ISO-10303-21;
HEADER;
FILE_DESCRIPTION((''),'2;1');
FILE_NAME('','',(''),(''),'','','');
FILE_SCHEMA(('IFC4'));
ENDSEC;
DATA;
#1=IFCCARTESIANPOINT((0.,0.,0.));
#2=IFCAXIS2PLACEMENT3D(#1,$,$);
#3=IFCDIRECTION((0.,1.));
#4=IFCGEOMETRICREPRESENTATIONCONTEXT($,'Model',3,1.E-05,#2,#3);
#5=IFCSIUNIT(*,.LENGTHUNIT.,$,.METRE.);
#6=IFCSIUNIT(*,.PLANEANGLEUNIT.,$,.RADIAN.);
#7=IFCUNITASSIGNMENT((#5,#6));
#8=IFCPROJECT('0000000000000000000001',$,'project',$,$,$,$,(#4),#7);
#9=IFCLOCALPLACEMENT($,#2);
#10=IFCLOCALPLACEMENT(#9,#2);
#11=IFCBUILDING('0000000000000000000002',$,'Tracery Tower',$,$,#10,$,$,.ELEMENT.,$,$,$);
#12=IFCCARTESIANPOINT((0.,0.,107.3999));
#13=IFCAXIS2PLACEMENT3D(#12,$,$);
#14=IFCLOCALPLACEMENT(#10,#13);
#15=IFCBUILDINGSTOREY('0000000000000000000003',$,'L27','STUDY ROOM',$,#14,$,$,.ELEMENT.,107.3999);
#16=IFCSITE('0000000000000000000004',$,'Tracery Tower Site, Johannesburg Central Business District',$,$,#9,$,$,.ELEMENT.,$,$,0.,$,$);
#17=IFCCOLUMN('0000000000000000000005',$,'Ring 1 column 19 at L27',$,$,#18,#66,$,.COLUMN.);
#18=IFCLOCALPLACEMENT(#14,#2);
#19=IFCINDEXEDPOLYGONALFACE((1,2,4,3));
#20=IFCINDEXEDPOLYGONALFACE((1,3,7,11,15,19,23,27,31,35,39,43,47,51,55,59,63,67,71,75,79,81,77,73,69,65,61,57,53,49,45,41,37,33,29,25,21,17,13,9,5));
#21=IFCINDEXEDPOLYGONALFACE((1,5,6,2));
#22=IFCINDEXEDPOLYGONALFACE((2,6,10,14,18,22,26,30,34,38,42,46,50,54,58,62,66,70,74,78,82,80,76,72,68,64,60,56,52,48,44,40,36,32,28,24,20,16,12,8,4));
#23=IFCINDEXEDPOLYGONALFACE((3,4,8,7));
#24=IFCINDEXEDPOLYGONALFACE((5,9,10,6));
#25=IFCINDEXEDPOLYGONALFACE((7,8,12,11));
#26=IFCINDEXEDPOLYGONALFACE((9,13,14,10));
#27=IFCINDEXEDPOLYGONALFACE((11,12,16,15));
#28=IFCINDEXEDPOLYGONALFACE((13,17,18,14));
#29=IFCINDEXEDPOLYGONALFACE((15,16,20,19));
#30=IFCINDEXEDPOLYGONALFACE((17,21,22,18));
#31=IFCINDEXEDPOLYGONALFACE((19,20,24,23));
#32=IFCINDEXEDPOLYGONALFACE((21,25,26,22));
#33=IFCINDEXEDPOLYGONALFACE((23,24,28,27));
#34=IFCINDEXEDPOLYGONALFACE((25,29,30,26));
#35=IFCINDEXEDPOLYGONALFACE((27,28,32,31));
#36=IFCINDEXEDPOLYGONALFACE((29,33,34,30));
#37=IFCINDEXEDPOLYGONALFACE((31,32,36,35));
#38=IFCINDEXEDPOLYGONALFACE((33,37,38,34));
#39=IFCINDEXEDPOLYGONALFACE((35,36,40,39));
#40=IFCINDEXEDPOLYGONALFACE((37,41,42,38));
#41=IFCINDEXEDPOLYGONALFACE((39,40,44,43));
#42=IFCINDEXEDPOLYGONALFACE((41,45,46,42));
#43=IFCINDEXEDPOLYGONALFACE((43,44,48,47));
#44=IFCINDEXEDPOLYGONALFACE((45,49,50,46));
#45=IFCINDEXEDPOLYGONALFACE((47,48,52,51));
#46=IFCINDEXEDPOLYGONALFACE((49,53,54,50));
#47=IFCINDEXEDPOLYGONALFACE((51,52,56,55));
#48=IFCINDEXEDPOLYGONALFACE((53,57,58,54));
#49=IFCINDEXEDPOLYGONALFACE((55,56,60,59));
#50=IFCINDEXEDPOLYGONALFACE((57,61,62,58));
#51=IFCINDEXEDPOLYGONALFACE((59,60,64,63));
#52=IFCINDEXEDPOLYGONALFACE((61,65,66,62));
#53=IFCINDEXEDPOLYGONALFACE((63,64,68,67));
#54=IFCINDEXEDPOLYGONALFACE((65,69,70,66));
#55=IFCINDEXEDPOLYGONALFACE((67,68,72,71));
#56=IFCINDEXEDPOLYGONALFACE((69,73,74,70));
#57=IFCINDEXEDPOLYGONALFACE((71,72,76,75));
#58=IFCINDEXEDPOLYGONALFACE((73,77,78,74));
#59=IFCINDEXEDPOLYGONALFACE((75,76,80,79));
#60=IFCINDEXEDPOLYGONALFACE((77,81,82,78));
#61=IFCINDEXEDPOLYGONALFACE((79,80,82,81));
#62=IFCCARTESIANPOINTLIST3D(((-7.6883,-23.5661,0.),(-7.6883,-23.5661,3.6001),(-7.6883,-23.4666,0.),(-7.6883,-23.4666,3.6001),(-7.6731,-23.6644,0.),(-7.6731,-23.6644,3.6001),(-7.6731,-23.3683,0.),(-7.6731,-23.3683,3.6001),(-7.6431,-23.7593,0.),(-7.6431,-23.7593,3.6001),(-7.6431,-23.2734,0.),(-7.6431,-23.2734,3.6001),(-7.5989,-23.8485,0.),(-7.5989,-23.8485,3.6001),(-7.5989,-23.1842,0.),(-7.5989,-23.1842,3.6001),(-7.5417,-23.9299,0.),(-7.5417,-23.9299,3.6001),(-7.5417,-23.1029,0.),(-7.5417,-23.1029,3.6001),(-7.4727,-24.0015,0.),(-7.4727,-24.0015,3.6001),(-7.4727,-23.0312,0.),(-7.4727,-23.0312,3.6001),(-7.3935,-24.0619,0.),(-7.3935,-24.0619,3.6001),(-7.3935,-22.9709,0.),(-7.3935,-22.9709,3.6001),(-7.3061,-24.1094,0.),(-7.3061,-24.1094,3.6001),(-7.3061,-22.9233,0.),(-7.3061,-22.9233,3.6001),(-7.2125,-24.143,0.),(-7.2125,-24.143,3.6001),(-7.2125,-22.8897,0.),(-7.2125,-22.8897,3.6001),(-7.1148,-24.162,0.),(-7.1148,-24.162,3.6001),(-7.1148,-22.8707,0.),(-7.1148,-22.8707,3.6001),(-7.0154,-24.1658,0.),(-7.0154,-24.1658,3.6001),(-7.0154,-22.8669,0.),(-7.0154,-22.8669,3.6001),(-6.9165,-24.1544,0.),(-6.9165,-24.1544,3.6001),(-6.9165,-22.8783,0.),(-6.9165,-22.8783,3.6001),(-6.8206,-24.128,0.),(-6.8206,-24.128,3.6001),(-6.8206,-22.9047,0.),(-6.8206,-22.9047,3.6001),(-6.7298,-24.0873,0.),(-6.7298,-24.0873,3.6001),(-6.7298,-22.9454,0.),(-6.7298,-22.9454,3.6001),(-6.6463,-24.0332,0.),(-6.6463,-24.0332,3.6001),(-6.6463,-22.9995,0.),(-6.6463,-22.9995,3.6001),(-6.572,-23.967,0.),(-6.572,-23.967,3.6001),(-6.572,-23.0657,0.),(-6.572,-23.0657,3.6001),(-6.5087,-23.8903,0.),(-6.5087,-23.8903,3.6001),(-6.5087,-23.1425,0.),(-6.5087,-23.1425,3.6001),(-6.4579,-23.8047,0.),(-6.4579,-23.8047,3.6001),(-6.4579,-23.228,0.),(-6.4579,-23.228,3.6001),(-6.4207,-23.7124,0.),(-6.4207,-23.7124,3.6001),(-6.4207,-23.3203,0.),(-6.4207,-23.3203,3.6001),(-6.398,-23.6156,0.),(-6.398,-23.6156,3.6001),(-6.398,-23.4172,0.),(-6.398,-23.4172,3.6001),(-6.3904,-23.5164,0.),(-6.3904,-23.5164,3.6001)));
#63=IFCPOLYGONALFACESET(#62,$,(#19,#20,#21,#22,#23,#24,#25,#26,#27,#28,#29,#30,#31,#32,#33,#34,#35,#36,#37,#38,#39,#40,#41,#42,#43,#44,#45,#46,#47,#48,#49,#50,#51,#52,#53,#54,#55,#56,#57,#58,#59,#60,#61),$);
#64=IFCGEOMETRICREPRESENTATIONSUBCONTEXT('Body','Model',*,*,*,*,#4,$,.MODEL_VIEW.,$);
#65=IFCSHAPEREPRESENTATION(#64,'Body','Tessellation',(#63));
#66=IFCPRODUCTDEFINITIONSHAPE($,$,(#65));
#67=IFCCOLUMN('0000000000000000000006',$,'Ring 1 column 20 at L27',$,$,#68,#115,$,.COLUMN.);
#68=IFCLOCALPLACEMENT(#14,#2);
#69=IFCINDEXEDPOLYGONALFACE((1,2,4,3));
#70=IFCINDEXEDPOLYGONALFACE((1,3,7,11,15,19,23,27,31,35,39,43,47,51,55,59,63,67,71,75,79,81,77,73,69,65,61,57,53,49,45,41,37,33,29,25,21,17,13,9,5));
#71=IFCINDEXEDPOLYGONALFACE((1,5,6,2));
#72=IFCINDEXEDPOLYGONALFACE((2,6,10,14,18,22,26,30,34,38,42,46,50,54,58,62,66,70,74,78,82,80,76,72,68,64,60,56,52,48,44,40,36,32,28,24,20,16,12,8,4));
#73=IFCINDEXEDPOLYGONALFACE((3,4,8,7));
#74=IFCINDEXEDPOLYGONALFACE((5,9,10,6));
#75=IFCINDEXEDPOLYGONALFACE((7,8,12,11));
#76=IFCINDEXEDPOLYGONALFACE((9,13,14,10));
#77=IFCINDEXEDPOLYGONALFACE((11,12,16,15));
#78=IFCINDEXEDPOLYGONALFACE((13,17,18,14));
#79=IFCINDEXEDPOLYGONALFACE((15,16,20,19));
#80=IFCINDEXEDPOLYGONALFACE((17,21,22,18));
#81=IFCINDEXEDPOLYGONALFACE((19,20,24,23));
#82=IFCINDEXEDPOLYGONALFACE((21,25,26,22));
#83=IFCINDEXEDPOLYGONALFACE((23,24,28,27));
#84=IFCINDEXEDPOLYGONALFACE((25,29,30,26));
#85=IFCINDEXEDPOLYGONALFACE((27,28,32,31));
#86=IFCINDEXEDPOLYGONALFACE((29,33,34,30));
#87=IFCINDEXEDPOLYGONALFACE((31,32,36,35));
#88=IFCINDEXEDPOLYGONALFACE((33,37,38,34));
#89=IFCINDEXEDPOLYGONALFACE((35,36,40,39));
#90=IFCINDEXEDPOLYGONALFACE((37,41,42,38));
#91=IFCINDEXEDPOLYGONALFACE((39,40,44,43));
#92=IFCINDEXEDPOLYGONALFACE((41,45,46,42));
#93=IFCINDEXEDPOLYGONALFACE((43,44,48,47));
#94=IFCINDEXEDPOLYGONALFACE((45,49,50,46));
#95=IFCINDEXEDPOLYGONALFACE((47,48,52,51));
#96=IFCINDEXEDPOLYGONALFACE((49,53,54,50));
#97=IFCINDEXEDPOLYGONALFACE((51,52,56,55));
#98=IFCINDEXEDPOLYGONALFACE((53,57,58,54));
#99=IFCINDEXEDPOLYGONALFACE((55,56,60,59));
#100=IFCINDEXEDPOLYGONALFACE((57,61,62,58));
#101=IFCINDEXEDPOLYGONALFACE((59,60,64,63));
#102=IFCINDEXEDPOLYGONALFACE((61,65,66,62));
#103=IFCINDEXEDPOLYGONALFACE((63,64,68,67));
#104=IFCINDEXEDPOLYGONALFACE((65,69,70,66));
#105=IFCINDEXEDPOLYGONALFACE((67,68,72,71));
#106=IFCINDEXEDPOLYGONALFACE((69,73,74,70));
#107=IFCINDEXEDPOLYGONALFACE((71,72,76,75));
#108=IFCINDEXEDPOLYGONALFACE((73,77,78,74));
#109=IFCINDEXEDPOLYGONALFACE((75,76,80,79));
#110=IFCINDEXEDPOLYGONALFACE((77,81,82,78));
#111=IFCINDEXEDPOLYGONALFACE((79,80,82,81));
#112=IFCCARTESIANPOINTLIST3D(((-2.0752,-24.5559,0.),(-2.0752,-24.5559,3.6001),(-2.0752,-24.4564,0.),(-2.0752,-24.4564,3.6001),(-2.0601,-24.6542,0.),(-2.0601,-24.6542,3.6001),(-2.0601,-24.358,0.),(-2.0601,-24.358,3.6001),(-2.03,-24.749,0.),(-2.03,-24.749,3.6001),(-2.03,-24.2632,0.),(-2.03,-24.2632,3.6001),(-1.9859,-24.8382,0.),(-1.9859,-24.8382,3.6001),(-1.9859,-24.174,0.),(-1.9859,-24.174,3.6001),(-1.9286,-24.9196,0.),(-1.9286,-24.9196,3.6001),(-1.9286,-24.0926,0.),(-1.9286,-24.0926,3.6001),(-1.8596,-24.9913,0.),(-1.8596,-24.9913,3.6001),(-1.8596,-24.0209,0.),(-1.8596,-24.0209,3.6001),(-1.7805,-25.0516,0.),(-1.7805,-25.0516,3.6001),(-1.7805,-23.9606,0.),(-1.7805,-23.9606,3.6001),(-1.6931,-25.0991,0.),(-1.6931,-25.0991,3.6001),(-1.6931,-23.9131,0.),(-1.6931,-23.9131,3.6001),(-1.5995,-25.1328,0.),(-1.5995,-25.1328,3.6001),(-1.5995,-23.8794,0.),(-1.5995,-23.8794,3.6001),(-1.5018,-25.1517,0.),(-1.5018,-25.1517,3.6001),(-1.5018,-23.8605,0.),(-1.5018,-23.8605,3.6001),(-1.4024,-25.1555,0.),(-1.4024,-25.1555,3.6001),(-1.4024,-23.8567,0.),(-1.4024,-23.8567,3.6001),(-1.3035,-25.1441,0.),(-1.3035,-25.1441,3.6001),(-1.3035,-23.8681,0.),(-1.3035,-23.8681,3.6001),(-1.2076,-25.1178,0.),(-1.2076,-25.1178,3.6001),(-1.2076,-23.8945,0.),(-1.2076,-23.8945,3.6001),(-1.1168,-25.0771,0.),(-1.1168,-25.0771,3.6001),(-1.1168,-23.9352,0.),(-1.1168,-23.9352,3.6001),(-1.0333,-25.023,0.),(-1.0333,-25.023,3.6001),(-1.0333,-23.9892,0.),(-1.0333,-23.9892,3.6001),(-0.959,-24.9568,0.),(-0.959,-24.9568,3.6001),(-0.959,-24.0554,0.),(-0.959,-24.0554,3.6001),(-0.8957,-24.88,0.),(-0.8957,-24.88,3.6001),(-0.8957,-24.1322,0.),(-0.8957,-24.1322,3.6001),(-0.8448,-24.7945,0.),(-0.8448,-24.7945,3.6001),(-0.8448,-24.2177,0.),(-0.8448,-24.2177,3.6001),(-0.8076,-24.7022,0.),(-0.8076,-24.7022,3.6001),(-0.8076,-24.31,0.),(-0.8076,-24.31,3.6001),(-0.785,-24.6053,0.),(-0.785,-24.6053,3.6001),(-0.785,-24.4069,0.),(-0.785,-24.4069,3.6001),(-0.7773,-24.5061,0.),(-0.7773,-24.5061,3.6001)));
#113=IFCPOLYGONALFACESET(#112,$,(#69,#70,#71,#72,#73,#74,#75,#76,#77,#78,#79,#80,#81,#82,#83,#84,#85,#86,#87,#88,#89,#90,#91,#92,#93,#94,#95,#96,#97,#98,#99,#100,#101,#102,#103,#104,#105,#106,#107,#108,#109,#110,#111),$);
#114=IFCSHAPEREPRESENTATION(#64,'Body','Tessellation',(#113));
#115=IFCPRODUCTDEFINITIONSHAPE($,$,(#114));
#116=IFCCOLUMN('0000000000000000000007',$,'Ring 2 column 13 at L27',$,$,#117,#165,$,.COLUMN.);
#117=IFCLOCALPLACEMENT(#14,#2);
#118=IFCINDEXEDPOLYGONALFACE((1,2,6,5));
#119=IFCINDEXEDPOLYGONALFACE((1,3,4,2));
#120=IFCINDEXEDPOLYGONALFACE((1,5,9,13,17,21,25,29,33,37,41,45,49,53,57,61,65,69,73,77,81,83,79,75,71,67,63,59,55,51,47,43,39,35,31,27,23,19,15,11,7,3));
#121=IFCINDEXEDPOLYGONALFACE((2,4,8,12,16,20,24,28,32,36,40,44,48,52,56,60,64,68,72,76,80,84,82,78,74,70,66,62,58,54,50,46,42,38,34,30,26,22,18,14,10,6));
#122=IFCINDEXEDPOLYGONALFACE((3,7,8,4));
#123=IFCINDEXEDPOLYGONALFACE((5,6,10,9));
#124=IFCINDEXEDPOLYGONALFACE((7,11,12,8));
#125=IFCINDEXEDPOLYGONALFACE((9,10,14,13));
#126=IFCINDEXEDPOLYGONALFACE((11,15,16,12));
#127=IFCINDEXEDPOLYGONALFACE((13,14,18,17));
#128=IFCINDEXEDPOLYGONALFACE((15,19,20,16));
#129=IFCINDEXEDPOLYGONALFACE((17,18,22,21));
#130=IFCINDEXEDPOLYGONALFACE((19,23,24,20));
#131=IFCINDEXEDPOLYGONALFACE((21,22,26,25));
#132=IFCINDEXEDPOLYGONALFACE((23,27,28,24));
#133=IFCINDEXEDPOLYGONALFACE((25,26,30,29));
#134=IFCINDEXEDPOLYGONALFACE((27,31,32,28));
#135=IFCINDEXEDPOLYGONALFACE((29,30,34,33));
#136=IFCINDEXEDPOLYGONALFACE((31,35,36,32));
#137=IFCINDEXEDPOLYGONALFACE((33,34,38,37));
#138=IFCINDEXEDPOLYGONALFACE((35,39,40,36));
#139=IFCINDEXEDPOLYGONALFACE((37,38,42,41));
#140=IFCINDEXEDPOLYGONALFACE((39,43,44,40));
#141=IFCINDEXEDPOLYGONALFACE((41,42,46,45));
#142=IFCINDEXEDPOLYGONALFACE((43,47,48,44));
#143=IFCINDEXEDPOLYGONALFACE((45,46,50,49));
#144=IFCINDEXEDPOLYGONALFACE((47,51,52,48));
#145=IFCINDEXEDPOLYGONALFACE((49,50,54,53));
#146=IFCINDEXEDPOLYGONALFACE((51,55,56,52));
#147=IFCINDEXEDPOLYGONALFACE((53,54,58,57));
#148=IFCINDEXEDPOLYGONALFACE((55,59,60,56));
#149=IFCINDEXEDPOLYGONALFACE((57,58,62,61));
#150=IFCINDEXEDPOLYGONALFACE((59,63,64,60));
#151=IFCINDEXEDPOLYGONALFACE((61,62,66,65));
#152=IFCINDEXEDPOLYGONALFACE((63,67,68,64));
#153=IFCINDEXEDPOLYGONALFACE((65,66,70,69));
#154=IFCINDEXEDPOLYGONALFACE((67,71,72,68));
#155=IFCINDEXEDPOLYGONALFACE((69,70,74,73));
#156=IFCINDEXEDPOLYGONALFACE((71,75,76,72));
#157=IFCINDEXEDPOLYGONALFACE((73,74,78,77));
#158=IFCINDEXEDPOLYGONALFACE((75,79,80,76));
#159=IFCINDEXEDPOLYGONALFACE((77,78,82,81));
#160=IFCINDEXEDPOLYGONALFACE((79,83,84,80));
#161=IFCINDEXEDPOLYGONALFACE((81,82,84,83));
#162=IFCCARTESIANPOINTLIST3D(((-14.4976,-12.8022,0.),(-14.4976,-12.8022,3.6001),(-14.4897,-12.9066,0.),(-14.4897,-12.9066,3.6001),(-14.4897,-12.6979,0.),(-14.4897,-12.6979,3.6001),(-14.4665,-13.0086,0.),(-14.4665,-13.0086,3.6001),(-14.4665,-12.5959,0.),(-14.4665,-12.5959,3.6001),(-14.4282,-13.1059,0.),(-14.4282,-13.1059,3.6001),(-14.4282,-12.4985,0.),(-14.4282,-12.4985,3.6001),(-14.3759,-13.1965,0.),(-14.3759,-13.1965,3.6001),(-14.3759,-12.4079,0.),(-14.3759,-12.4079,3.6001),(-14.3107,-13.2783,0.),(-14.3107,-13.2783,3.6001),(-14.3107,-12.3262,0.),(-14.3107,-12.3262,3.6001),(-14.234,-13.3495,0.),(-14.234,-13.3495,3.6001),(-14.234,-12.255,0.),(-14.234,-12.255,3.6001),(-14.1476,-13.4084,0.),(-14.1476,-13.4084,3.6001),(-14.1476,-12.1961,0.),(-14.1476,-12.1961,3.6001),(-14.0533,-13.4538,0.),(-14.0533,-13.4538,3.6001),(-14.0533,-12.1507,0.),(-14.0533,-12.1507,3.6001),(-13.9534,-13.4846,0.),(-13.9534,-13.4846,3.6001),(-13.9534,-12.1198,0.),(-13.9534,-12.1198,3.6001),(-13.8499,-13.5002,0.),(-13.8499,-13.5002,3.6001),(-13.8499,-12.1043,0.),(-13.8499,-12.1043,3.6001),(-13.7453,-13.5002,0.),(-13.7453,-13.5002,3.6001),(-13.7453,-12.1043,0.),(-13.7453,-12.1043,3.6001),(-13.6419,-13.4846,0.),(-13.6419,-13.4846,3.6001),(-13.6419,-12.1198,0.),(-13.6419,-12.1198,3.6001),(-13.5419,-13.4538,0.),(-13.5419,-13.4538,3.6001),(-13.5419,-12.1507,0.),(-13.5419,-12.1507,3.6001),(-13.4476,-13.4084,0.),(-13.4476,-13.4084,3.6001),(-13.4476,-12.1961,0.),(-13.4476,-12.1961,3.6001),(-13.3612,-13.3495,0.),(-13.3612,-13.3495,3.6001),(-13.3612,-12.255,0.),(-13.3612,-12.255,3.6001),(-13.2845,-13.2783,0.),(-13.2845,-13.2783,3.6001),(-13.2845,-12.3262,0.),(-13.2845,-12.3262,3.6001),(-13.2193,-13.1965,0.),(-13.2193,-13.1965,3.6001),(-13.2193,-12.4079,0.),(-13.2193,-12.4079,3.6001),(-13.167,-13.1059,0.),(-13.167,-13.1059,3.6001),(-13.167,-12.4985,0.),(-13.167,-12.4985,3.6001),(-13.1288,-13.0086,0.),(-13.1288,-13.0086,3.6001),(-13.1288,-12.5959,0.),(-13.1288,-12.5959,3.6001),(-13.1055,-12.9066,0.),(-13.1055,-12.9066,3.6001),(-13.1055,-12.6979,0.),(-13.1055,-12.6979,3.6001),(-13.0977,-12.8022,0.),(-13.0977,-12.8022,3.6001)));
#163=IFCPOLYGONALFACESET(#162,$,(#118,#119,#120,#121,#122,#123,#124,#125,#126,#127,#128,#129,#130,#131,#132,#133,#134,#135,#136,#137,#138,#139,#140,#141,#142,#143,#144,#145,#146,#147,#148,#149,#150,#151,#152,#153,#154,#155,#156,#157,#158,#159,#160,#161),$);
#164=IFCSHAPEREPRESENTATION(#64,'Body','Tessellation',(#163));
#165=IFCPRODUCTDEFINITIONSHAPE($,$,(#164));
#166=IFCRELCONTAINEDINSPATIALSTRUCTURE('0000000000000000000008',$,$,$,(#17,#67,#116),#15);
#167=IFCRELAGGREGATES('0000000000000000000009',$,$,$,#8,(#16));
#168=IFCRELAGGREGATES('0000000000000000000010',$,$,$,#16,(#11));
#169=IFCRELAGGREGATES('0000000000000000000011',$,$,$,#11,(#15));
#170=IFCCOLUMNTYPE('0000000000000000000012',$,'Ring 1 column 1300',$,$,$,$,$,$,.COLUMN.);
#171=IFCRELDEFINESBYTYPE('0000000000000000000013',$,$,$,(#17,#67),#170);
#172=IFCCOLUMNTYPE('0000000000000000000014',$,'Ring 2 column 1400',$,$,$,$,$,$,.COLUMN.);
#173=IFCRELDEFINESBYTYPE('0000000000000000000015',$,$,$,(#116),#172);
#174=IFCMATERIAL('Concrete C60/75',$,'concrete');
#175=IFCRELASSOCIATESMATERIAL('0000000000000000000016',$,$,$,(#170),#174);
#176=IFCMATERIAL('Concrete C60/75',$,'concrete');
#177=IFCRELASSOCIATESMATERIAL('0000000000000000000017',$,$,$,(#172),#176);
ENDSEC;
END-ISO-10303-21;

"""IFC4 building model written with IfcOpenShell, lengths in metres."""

from ifc_helpers import new_model, si_unit, direction, frame, origin, origin_2d, place, context, subcontext, project, spatial, circle, extrude, material, material_profile, profile_set, type_object, element, save


model = new_model("IFC4")

# Units and contexts
model_context = context("Model", 3, precision=1e-05, world=origin(), true_north=direction((0.0, 1.0)))
body_context = subcontext(model_context, "Body", "Model", "MODEL_VIEW")
ifc_project = project(units=[si_unit("LENGTHUNIT", "METRE"), si_unit("PLANEANGLEUNIT", "RADIAN")], contexts=[model_context])

# Site, building, storey
site_placement = place(None, origin())
site = spatial("IfcSite", under=ifc_project, at=site_placement, Name="Tracery Tower Site, Johannesburg Central Business District", CompositionType="ELEMENT", RefElevation=0.0)
building_placement = place(site_placement, origin())
building = spatial("IfcBuilding", under=site, at=building_placement, Name="Tracery Tower", CompositionType="ELEMENT")
storey_placement = place(building_placement, frame((0.0, 0.0, 107.3999)))
storey = spatial("IfcBuildingStorey", under=building, at=storey_placement, Name="L27", Description="STUDY ROOM", CompositionType="ELEMENT", Elevation=107.3999)

# Columns
ifc_material_1 = material(Name="Concrete C60/75", Category="concrete")
ifc_material_profile_1 = material_profile(ifc_material_1, circle(Radius=0.6499, at=origin_2d()), Name="RC D1300")
ifc_profile_set_1 = profile_set([ifc_material_profile_1], Name="Concrete C60/75")
column_type_1 = type_object("IfcColumnType", Name="Ring 1 column 1300", PredefinedType="COLUMN", material=ifc_profile_set_1)
for number, where, z_axis, x_axis, name in (
    (1, (-7.0403, -23.5164, 0.0), (0.0, 0.0, 1.0), (1.0, 0.0, 0.0), "Ring 1 column 19 at L27"),
    (2, (-1.4272, -24.5061, 0.0), (0.0, 0.0, 1.0), (1.0, 0.0, 0.0), "Ring 1 column 20 at L27"),
):
    element("IfcColumn", number, at=place(storey_placement, frame(where, z_axis=z_axis, x_axis=x_axis)), inside=storey, type_object=column_type_1, Name=name, PredefinedType="COLUMN", context=body_context, shape_type="SweptSolid", body=[
        extrude(circle(Radius=0.6499, at=origin_2d()), origin(), (0.0, 0.0, 1.0), 3.6001),
    ])
ifc_material_2 = material(Name="Concrete C60/75", Category="concrete")
ifc_material_profile_2 = material_profile(ifc_material_2, circle(Radius=0.7, at=origin_2d()), Name="RC D1400")
ifc_profile_set_2 = profile_set([ifc_material_profile_2], Name="Concrete C60/75")
column_type_2 = type_object("IfcColumnType", Name="Ring 2 column 1400", PredefinedType="COLUMN", material=ifc_profile_set_2)
for number, where, z_axis, x_axis, name in (
    (3, (-13.7976, -12.8022, 0.0), (0.0, 0.0, 1.0), (1.0, 0.0, 0.0), "Ring 2 column 13 at L27"),
):
    element("IfcColumn", number, at=place(storey_placement, frame(where, z_axis=z_axis, x_axis=x_axis)), inside=storey, type_object=column_type_2, Name=name, PredefinedType="COLUMN", context=body_context, shape_type="SweptSolid", body=[
        extrude(circle(Radius=0.7, at=origin_2d()), origin(), (0.0, 0.0, 1.0), 3.6001),
    ])

save(model, "model.ifc")
